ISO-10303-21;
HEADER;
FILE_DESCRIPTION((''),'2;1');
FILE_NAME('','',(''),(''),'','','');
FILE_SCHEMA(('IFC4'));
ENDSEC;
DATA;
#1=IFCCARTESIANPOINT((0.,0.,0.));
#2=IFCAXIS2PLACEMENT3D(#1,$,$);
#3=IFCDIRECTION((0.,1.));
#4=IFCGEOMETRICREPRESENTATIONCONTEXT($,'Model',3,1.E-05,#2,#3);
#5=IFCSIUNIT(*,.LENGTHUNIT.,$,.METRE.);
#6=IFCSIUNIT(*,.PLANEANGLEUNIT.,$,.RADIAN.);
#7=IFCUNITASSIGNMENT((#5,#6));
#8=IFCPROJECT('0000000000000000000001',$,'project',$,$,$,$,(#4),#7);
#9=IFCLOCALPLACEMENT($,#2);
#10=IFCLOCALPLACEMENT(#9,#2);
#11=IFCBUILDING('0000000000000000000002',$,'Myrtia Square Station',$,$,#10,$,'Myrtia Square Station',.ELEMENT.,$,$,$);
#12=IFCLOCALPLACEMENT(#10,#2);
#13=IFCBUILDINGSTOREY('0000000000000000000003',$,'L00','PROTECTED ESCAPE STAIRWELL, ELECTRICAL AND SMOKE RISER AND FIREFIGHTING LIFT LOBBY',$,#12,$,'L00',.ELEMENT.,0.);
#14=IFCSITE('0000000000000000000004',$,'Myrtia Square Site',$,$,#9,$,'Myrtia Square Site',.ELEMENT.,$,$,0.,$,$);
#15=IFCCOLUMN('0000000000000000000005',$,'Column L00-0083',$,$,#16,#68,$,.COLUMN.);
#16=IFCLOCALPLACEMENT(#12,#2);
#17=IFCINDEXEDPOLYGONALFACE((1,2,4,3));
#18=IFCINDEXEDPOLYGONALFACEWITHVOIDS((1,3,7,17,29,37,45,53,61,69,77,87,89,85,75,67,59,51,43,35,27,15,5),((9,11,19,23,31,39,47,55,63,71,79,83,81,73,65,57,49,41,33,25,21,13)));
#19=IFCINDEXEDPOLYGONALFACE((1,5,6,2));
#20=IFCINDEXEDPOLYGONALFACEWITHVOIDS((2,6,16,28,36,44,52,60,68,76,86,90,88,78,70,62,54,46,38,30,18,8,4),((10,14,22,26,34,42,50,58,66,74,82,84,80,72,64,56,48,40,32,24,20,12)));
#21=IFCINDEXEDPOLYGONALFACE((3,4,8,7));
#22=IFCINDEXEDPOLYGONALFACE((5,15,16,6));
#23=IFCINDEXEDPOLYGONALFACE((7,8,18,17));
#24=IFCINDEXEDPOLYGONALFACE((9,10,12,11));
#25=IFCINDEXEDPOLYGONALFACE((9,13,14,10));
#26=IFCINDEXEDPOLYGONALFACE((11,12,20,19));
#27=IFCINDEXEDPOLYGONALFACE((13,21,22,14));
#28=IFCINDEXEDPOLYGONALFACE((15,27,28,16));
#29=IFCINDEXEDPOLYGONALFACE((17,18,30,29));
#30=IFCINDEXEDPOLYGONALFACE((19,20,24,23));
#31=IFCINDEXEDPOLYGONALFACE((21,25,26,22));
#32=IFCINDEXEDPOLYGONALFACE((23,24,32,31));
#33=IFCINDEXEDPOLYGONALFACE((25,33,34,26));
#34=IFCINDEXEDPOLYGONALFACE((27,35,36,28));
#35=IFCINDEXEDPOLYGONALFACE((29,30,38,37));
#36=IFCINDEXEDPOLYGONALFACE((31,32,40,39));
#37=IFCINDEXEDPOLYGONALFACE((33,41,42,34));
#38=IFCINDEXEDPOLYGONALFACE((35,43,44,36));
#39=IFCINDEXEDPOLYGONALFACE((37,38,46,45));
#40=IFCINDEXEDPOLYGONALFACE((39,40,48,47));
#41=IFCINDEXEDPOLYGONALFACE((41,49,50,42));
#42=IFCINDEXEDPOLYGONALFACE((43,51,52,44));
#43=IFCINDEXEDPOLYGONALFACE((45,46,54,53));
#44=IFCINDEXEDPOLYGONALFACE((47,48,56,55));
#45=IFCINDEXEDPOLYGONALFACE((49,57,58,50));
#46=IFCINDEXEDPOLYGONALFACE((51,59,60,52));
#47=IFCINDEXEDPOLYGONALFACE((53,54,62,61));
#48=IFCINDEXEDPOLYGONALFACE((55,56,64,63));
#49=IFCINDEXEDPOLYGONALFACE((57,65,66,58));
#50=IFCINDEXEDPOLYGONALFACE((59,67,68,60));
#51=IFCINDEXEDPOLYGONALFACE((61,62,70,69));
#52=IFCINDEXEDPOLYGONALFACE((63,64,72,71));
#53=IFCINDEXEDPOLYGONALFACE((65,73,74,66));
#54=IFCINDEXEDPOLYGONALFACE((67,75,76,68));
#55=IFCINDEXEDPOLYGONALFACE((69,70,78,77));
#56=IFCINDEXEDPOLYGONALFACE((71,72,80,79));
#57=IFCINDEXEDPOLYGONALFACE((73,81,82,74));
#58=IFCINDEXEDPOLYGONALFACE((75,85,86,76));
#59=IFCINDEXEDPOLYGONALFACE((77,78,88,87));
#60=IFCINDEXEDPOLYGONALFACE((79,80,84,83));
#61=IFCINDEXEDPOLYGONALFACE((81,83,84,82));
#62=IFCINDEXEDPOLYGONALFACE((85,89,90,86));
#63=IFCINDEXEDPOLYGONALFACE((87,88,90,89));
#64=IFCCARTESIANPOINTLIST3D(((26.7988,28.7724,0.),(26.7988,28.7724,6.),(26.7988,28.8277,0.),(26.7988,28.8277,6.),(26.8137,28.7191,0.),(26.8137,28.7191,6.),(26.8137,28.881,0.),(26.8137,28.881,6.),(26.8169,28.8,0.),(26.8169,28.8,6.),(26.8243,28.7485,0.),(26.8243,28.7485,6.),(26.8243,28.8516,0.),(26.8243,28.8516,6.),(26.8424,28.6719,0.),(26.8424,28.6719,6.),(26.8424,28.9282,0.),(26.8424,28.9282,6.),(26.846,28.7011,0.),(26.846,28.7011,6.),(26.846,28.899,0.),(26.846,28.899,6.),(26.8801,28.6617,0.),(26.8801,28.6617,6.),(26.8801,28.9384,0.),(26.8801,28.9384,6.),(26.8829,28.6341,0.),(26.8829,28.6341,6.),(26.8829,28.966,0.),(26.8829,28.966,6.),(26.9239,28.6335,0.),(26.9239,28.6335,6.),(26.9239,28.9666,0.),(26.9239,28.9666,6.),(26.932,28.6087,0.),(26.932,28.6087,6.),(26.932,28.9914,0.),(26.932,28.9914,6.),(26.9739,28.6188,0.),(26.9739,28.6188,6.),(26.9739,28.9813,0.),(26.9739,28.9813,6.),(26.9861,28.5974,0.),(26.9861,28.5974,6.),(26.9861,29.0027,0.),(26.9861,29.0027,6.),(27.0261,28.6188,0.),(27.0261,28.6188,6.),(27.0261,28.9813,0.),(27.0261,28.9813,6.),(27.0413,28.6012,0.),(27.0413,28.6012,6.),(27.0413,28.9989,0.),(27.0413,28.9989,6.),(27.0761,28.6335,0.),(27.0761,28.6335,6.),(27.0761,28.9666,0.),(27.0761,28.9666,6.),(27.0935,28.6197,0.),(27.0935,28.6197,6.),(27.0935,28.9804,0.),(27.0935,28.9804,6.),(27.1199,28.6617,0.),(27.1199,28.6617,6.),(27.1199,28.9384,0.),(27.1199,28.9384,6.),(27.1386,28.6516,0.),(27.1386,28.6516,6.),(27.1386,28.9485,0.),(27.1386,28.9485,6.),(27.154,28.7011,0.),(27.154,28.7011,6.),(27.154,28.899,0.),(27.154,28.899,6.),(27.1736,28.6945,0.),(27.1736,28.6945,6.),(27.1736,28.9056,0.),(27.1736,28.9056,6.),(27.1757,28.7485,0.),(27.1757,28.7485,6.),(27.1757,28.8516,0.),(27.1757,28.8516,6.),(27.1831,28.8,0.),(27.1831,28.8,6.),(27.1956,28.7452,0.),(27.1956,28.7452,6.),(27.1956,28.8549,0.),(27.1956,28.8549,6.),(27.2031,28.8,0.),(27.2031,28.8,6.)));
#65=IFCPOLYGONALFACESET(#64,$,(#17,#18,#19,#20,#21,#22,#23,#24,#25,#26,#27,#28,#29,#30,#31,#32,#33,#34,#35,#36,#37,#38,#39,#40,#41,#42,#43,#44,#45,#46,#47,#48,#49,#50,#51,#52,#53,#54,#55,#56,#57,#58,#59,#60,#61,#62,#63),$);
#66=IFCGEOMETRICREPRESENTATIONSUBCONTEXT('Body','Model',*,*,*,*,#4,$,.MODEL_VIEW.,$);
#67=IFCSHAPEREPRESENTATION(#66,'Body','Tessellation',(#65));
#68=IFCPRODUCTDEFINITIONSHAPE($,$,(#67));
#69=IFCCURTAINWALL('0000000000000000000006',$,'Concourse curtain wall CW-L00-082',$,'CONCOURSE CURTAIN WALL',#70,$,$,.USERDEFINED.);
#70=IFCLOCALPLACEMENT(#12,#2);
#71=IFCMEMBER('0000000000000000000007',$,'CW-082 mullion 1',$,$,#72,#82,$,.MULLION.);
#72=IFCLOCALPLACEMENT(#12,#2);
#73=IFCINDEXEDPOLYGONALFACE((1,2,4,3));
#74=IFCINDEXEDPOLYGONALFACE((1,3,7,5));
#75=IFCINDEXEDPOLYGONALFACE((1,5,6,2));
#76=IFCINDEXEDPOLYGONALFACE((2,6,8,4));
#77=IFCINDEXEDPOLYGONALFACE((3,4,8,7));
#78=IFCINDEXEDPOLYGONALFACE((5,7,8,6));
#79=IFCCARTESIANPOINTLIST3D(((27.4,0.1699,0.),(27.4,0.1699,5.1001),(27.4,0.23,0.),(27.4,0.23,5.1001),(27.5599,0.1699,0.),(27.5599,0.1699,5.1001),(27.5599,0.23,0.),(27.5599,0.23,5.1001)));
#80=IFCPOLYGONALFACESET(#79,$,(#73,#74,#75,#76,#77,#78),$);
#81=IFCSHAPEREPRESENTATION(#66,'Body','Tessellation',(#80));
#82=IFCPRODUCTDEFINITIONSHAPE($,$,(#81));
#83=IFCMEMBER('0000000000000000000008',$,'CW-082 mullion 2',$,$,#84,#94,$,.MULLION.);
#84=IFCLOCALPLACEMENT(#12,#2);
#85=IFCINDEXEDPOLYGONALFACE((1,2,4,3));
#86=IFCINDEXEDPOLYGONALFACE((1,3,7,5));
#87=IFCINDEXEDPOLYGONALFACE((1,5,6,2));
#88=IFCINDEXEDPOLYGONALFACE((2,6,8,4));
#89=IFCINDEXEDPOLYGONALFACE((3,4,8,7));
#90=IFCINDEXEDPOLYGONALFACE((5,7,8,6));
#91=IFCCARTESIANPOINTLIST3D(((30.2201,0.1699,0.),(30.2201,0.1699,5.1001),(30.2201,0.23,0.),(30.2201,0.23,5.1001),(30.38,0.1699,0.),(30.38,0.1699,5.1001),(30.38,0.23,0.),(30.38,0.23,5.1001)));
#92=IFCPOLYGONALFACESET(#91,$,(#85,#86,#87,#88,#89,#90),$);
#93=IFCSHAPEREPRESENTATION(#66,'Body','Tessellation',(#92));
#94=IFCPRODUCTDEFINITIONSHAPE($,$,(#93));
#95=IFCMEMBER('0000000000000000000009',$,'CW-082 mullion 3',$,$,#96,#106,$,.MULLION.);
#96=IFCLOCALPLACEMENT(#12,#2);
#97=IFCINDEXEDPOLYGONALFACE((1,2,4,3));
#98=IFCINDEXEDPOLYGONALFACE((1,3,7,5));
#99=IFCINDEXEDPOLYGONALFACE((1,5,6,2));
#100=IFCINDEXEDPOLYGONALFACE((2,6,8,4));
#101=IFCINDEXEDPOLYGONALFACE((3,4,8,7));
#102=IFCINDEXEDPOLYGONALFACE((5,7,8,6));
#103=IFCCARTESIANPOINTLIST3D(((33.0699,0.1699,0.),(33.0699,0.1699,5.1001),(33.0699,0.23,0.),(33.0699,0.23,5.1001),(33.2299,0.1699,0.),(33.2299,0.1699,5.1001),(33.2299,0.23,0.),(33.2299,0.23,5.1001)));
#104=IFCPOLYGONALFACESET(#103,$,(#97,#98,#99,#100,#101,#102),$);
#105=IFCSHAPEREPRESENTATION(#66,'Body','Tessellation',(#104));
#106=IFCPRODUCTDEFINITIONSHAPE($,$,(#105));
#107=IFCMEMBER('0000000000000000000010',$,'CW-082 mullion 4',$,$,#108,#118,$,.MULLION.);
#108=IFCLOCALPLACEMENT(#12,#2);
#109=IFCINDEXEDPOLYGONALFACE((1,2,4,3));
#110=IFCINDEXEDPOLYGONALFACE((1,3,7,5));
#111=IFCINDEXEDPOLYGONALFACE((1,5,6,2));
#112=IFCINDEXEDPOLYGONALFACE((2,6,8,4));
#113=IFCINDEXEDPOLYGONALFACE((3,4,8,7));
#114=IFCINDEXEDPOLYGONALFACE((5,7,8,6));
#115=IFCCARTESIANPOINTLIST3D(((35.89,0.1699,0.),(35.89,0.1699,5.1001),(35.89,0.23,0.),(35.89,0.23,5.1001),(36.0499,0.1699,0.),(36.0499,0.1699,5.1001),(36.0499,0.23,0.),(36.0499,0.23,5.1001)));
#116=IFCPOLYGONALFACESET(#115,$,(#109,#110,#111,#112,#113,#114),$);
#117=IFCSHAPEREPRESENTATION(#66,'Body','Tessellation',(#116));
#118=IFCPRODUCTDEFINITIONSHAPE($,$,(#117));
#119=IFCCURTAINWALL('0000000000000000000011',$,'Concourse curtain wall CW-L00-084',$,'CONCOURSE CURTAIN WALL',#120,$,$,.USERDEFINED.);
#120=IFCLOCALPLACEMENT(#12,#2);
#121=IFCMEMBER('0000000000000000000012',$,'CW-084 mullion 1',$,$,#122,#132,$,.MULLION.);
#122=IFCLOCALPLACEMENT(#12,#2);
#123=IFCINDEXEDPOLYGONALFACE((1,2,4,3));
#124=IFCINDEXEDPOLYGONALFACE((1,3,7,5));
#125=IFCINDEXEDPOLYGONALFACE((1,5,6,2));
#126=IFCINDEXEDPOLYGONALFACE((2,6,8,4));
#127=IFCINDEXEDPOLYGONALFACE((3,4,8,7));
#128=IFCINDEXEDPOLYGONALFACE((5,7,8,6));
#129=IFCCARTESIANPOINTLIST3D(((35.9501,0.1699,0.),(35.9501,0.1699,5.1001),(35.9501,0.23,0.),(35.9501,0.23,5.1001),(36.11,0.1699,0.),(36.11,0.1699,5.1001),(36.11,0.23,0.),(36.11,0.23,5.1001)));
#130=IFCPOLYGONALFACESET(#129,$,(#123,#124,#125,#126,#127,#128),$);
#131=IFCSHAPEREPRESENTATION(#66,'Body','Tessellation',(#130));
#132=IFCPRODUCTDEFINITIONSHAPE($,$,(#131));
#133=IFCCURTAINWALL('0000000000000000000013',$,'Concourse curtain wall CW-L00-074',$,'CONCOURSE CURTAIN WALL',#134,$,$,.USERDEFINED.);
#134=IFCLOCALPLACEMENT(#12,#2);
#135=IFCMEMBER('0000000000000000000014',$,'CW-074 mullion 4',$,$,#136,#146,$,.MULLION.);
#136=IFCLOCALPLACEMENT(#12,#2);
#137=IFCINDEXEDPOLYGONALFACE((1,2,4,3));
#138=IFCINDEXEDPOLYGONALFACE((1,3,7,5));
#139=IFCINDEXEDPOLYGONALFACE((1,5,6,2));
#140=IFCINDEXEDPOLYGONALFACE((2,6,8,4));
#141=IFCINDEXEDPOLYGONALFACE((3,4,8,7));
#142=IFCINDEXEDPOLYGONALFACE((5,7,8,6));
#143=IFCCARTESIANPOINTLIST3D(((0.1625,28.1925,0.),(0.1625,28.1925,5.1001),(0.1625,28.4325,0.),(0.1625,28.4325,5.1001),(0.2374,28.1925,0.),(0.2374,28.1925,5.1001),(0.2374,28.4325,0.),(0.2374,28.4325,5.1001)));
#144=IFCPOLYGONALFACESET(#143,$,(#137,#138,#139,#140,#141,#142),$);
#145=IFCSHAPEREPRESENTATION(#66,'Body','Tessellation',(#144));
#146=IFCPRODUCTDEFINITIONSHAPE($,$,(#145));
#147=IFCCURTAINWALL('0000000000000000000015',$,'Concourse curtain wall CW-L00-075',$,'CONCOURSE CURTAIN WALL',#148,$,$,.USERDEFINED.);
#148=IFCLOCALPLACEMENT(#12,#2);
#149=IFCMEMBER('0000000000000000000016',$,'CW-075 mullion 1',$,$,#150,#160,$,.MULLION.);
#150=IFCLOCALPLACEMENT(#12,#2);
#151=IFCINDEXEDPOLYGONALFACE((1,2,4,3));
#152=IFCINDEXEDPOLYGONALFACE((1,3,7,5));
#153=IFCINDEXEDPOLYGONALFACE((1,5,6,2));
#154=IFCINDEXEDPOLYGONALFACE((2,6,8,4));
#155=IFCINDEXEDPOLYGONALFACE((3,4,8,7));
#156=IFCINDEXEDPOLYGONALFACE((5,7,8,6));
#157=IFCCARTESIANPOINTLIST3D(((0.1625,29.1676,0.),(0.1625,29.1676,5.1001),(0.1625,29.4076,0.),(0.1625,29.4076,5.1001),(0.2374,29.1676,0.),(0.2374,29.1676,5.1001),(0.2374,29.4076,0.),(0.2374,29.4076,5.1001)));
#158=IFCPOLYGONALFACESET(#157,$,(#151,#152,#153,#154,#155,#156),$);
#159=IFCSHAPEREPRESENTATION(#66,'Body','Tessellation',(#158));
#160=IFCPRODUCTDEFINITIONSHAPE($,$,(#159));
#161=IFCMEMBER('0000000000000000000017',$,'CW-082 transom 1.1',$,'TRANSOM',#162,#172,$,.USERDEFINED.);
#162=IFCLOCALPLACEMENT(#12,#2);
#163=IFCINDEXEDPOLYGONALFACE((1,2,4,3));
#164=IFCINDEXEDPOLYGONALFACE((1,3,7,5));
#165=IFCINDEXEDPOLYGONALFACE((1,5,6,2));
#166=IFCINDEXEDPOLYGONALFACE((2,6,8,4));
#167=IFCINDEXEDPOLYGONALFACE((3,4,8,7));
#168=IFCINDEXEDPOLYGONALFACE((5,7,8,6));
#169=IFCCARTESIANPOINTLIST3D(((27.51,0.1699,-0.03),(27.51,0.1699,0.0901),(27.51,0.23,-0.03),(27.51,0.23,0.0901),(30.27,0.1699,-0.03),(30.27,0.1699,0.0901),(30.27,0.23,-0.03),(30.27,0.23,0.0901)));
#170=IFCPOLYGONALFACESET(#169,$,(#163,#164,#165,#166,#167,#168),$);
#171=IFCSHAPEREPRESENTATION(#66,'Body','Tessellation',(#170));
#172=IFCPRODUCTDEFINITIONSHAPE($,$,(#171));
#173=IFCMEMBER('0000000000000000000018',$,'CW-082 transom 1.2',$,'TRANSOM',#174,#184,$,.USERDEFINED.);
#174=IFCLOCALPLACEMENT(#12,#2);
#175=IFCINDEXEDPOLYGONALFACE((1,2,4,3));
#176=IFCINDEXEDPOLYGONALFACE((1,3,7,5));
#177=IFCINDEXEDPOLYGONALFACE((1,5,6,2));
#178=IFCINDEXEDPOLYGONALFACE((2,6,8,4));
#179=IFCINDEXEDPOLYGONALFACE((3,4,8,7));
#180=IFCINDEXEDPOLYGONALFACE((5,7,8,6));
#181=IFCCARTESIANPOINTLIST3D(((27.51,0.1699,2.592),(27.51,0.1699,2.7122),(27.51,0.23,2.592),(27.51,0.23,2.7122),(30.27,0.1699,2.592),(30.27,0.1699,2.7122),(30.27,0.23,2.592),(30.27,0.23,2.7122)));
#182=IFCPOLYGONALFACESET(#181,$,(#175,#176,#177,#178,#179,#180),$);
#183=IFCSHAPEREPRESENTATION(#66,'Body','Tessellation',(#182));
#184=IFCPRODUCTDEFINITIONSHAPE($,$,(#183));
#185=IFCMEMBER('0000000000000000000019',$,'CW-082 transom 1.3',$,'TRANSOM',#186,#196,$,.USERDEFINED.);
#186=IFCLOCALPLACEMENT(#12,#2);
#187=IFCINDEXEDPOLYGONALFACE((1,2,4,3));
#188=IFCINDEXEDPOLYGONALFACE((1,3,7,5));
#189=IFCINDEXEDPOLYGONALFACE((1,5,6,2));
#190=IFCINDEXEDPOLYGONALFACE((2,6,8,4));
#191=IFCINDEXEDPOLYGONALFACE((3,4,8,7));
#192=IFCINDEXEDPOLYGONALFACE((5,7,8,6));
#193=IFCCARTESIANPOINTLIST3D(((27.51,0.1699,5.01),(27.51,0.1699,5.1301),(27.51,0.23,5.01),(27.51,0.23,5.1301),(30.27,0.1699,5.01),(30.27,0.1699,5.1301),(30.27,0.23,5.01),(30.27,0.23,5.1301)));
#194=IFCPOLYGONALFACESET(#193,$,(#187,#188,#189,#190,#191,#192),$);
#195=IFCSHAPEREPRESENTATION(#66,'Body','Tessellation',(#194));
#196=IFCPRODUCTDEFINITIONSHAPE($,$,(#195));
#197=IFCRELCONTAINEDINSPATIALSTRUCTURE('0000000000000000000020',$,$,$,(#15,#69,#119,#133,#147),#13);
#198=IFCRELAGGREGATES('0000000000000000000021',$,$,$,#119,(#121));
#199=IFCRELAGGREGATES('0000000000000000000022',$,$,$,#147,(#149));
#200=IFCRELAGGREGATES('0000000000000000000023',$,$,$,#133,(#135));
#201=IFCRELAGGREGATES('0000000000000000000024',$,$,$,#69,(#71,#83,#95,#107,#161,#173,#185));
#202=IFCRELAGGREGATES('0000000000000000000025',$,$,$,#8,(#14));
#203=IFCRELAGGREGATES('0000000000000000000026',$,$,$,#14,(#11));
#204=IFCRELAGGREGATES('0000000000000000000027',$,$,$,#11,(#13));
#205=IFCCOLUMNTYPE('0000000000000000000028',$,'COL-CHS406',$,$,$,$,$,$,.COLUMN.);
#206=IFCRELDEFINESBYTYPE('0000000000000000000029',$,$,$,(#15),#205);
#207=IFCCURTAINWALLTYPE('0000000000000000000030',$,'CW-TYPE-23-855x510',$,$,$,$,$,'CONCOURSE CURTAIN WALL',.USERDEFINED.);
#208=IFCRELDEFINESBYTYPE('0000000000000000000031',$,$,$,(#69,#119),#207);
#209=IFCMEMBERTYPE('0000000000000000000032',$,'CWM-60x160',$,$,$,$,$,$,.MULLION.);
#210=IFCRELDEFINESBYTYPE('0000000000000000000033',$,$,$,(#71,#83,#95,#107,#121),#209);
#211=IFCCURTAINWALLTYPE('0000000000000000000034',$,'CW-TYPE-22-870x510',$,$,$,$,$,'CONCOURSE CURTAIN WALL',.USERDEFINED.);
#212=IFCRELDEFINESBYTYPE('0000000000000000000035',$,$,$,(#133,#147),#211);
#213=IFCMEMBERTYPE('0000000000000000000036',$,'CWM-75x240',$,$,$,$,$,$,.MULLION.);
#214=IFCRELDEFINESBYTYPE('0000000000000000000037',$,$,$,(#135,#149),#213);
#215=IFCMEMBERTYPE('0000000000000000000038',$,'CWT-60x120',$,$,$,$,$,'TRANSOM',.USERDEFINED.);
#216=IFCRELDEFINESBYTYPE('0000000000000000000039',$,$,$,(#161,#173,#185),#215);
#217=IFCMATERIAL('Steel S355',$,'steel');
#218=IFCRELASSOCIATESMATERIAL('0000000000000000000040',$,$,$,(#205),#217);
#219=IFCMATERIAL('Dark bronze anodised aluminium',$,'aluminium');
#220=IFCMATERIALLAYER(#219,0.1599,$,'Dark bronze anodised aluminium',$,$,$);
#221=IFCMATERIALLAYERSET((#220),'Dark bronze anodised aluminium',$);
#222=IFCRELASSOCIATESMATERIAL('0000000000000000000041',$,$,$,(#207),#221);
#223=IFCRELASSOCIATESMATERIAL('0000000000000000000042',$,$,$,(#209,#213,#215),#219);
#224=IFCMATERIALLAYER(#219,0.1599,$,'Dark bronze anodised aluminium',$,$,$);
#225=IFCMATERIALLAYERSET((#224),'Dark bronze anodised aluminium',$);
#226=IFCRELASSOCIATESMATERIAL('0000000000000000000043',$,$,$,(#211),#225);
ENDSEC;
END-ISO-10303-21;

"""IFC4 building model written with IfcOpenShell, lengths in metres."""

from ifc_helpers import new_model, si_unit, direction, frame, origin, origin_2d, place, context, subcontext, project, spatial, rectangle, hollow_circle, extrude, material, layer, layer_set, material_profile, profile_set, type_object, element, aggregate, save


model = new_model("IFC4")

# Units and contexts
model_context = context("Model", 3, precision=1e-05, world=origin(), true_north=direction((0.0, 1.0)))
body_context = subcontext(model_context, "Body", "Model", "MODEL_VIEW")
ifc_project = project(units=[si_unit("LENGTHUNIT", "METRE"), si_unit("PLANEANGLEUNIT", "RADIAN")], contexts=[model_context])

# Site, building, storey
site_placement = place(None, origin())
site = spatial("IfcSite", under=ifc_project, at=site_placement, Name="Myrtia Square Site", LongName="Myrtia Square Site", CompositionType="ELEMENT", RefElevation=0.0)
building_placement = place(site_placement, origin())
building = spatial("IfcBuilding", under=site, at=building_placement, Name="Myrtia Square Station", LongName="Myrtia Square Station", CompositionType="ELEMENT")
storey_placement = place(building_placement, origin())
storey = spatial("IfcBuildingStorey", under=building, at=storey_placement, Name="L00", Description="PROTECTED ESCAPE STAIRWELL, ELECTRICAL AND SMOKE RISER AND FIREFIGHTING LIFT LOBBY", LongName="L00", CompositionType="ELEMENT", Elevation=0.0)

# Column
ifc_material_1 = material(Name="Steel S355", Category="steel")
ifc_material_profile_1 = material_profile(ifc_material_1, hollow_circle(Radius=0.2031, WallThickness=0.02, at=origin_2d()), Name="CHS 406.4x20")
ifc_profile_set_1 = profile_set([ifc_material_profile_1], Name="Steel S355")
column_type = type_object("IfcColumnType", Name="COL-CHS406", PredefinedType="COLUMN", material=ifc_profile_set_1)
for number, where, z_axis, x_axis, name in (
    (1, (27.0, 28.8, 0.0), (0.0, 0.0, 1.0), (1.0, 0.0, 0.0), "Column L00-0083"),
):
    element("IfcColumn", number, at=place(storey_placement, frame(where, z_axis=z_axis, x_axis=x_axis)), inside=storey, type_object=column_type, Name=name, PredefinedType="COLUMN", context=body_context, shape_type="SweptSolid", body=[
        extrude(hollow_circle(Radius=0.2031, WallThickness=0.02, at=origin_2d()), origin(), (0.0, 0.0, 1.0), 6.0),
    ])

# Curtain wall, members
ifc_material_2 = material(Name="Dark bronze anodised aluminium", Category="aluminium")
ifc_layer_1 = layer(ifc_material_2, 0.1599, Name="Dark bronze anodised aluminium")
ifc_layer_set_1 = layer_set([ifc_layer_1], Name="Dark bronze anodised aluminium")
curtain_wall_type_1 = type_object("IfcCurtainWallType", Name="CW-TYPE-23-855x510", ElementType="CONCOURSE CURTAIN WALL", PredefinedType="USERDEFINED", material=ifc_layer_set_1)
curtain_wall_1_placement = place(storey_placement, origin())
curtain_wall_1 = element("IfcCurtainWall", 2, at=curtain_wall_1_placement, inside=storey, type_object=curtain_wall_type_1, Name="Concourse curtain wall CW-L00-082", ObjectType="CONCOURSE CURTAIN WALL", PredefinedType="USERDEFINED")
ifc_material_profile_2 = material_profile(ifc_material_2, rectangle(XDim=0.0601, YDim=0.1599, at=origin_2d()), Name="ALU-M 60x160")
ifc_profile_set_2 = profile_set([ifc_material_profile_2], Name="Dark bronze anodised aluminium")
member_type_1 = type_object("IfcMemberType", Name="CWM-60x160", PredefinedType="MULLION", material=ifc_profile_set_2)
member_1_placement = place(storey_placement, frame((27.48, 0.2, 0.0), z_axis=(0.0, 0.0, 1.0), x_axis=(0.0, 1.0, 0.0)))
member_1 = element("IfcMember", 3, at=member_1_placement, type_object=member_type_1, Name="CW-082 mullion 1", PredefinedType="MULLION", context=body_context, shape_type="SweptSolid", body=[
    extrude(rectangle(XDim=0.0601, YDim=0.1599, at=origin_2d()), origin(), (0.0, 0.0, 1.0), 5.1001),
])
member_2_placement = place(storey_placement, frame((30.3, 0.2, 0.0), z_axis=(0.0, 0.0, 1.0), x_axis=(0.0, 1.0, 0.0)))
member_2 = element("IfcMember", 4, at=member_2_placement, type_object=member_type_1, Name="CW-082 mullion 2", PredefinedType="MULLION", context=body_context, shape_type="SweptSolid", body=[
    extrude(rectangle(XDim=0.0601, YDim=0.1599, at=origin_2d()), origin(), (0.0, 0.0, 1.0), 5.1001),
])
member_3_placement = place(storey_placement, frame((33.1499, 0.2, 0.0), z_axis=(0.0, 0.0, 1.0), x_axis=(0.0, 1.0, 0.0)))
member_3 = element("IfcMember", 5, at=member_3_placement, type_object=member_type_1, Name="CW-082 mullion 3", PredefinedType="MULLION", context=body_context, shape_type="SweptSolid", body=[
    extrude(rectangle(XDim=0.0601, YDim=0.1599, at=origin_2d()), origin(), (0.0, 0.0, 1.0), 5.1001),
])
member_4_placement = place(storey_placement, frame((35.97, 0.2, 0.0), z_axis=(0.0, 0.0, 1.0), x_axis=(0.0, 1.0, 0.0)))
member_4 = element("IfcMember", 6, at=member_4_placement, type_object=member_type_1, Name="CW-082 mullion 4", PredefinedType="MULLION", context=body_context, shape_type="SweptSolid", body=[
    extrude(rectangle(XDim=0.0601, YDim=0.1599, at=origin_2d()), origin(), (0.0, 0.0, 1.0), 5.1001),
])

# Curtain walls, members
curtain_wall_2_placement = place(storey_placement, origin())
curtain_wall_2 = element("IfcCurtainWall", 7, at=curtain_wall_2_placement, inside=storey, type_object=curtain_wall_type_1, Name="Concourse curtain wall CW-L00-084", ObjectType="CONCOURSE CURTAIN WALL", PredefinedType="USERDEFINED")
member_5_placement = place(storey_placement, frame((36.03, 0.2, 0.0), z_axis=(0.0, 0.0, 1.0), x_axis=(0.0, 1.0, 0.0)))
member_5 = element("IfcMember", 8, at=member_5_placement, type_object=member_type_1, Name="CW-084 mullion 1", PredefinedType="MULLION", context=body_context, shape_type="SweptSolid", body=[
    extrude(rectangle(XDim=0.0601, YDim=0.1599, at=origin_2d()), origin(), (0.0, 0.0, 1.0), 5.1001),
])
aggregate(curtain_wall_2, [member_5])
ifc_layer_2 = layer(ifc_material_2, 0.1599, Name="Dark bronze anodised aluminium")
ifc_layer_set_2 = layer_set([ifc_layer_2], Name="Dark bronze anodised aluminium")
curtain_wall_type_2 = type_object("IfcCurtainWallType", Name="CW-TYPE-22-870x510", ElementType="CONCOURSE CURTAIN WALL", PredefinedType="USERDEFINED", material=ifc_layer_set_2)
curtain_wall_3_placement = place(storey_placement, origin())
curtain_wall_3 = element("IfcCurtainWall", 9, at=curtain_wall_3_placement, inside=storey, type_object=curtain_wall_type_2, Name="Concourse curtain wall CW-L00-074", ObjectType="CONCOURSE CURTAIN WALL", PredefinedType="USERDEFINED")
ifc_material_profile_3 = material_profile(ifc_material_2, rectangle(XDim=0.075, YDim=0.24, at=origin_2d()), Name="ALU-M 75x240")
ifc_profile_set_3 = profile_set([ifc_material_profile_3], Name="Dark bronze anodised aluminium")
member_type_2 = type_object("IfcMemberType", Name="CWM-75x240", PredefinedType="MULLION", material=ifc_profile_set_3)
member_6_placement = place(storey_placement, frame((0.2, 28.3125, 0.0), z_axis=(0.0, 0.0, 1.0), x_axis=(-1.0, 0.0, 0.0)))
member_6 = element("IfcMember", 10, at=member_6_placement, type_object=member_type_2, Name="CW-074 mullion 4", PredefinedType="MULLION", context=body_context, shape_type="SweptSolid", body=[
    extrude(rectangle(XDim=0.075, YDim=0.24, at=origin_2d()), origin(), (0.0, 0.0, 1.0), 5.1001),
])
curtain_wall_4_placement = place(storey_placement, origin())
curtain_wall_4 = element("IfcCurtainWall", 11, at=curtain_wall_4_placement, inside=storey, type_object=curtain_wall_type_2, Name="Concourse curtain wall CW-L00-075", ObjectType="CONCOURSE CURTAIN WALL", PredefinedType="USERDEFINED")
member_7_placement = place(storey_placement, frame((0.2, 29.2876, 0.0), z_axis=(0.0, 0.0, 1.0), x_axis=(-1.0, 0.0, 0.0)))
member_7 = element("IfcMember", 12, at=member_7_placement, type_object=member_type_2, Name="CW-075 mullion 1", PredefinedType="MULLION", context=body_context, shape_type="SweptSolid", body=[
    extrude(rectangle(XDim=0.075, YDim=0.24, at=origin_2d()), origin(), (0.0, 0.0, 1.0), 5.1001),
])

# Members
ifc_material_profile_4 = material_profile(ifc_material_2, rectangle(XDim=0.0601, YDim=0.1201, at=origin_2d()), Name="ALU-T 60x120")
ifc_profile_set_4 = profile_set([ifc_material_profile_4], Name="Dark bronze anodised aluminium")
member_type_3 = type_object("IfcMemberType", Name="CWT-60x120", ElementType="TRANSOM", PredefinedType="USERDEFINED", material=ifc_profile_set_4)
member_8_placement = place(storey_placement, frame((27.51, 0.2, 0.03), z_axis=(1.0, 0.0, 0.0), x_axis=(0.0, 1.0, 0.0)))
member_8 = element("IfcMember", 13, at=member_8_placement, type_object=member_type_3, Name="CW-082 transom 1.1", ObjectType="TRANSOM", PredefinedType="USERDEFINED", context=body_context, shape_type="SweptSolid", body=[
    extrude(rectangle(XDim=0.0601, YDim=0.1201, at=origin_2d()), origin(), (0.0, 0.0, 1.0), 2.76),
])
member_9_placement = place(storey_placement, frame((27.51, 0.2, 2.6521), z_axis=(1.0, 0.0, 0.0), x_axis=(0.0, 1.0, 0.0)))
member_9 = element("IfcMember", 14, at=member_9_placement, type_object=member_type_3, Name="CW-082 transom 1.2", ObjectType="TRANSOM", PredefinedType="USERDEFINED", context=body_context, shape_type="SweptSolid", body=[
    extrude(rectangle(XDim=0.0601, YDim=0.1201, at=origin_2d()), origin(), (0.0, 0.0, 1.0), 2.76),
])
member_10_placement = place(storey_placement, frame((27.51, 0.2, 5.0701), z_axis=(1.0, 0.0, 0.0), x_axis=(0.0, 1.0, 0.0)))
member_10 = element("IfcMember", 15, at=member_10_placement, type_object=member_type_3, Name="CW-082 transom 1.3", ObjectType="TRANSOM", PredefinedType="USERDEFINED", context=body_context, shape_type="SweptSolid", body=[
    extrude(rectangle(XDim=0.0601, YDim=0.1201, at=origin_2d()), origin(), (0.0, 0.0, 1.0), 2.76),
])
aggregate(curtain_wall_4, [member_7])

aggregate(curtain_wall_3, [member_6])
aggregate(curtain_wall_1, [member_1, member_2, member_3, member_4, member_8, member_9, member_10])

save(model, "model.ifc")
